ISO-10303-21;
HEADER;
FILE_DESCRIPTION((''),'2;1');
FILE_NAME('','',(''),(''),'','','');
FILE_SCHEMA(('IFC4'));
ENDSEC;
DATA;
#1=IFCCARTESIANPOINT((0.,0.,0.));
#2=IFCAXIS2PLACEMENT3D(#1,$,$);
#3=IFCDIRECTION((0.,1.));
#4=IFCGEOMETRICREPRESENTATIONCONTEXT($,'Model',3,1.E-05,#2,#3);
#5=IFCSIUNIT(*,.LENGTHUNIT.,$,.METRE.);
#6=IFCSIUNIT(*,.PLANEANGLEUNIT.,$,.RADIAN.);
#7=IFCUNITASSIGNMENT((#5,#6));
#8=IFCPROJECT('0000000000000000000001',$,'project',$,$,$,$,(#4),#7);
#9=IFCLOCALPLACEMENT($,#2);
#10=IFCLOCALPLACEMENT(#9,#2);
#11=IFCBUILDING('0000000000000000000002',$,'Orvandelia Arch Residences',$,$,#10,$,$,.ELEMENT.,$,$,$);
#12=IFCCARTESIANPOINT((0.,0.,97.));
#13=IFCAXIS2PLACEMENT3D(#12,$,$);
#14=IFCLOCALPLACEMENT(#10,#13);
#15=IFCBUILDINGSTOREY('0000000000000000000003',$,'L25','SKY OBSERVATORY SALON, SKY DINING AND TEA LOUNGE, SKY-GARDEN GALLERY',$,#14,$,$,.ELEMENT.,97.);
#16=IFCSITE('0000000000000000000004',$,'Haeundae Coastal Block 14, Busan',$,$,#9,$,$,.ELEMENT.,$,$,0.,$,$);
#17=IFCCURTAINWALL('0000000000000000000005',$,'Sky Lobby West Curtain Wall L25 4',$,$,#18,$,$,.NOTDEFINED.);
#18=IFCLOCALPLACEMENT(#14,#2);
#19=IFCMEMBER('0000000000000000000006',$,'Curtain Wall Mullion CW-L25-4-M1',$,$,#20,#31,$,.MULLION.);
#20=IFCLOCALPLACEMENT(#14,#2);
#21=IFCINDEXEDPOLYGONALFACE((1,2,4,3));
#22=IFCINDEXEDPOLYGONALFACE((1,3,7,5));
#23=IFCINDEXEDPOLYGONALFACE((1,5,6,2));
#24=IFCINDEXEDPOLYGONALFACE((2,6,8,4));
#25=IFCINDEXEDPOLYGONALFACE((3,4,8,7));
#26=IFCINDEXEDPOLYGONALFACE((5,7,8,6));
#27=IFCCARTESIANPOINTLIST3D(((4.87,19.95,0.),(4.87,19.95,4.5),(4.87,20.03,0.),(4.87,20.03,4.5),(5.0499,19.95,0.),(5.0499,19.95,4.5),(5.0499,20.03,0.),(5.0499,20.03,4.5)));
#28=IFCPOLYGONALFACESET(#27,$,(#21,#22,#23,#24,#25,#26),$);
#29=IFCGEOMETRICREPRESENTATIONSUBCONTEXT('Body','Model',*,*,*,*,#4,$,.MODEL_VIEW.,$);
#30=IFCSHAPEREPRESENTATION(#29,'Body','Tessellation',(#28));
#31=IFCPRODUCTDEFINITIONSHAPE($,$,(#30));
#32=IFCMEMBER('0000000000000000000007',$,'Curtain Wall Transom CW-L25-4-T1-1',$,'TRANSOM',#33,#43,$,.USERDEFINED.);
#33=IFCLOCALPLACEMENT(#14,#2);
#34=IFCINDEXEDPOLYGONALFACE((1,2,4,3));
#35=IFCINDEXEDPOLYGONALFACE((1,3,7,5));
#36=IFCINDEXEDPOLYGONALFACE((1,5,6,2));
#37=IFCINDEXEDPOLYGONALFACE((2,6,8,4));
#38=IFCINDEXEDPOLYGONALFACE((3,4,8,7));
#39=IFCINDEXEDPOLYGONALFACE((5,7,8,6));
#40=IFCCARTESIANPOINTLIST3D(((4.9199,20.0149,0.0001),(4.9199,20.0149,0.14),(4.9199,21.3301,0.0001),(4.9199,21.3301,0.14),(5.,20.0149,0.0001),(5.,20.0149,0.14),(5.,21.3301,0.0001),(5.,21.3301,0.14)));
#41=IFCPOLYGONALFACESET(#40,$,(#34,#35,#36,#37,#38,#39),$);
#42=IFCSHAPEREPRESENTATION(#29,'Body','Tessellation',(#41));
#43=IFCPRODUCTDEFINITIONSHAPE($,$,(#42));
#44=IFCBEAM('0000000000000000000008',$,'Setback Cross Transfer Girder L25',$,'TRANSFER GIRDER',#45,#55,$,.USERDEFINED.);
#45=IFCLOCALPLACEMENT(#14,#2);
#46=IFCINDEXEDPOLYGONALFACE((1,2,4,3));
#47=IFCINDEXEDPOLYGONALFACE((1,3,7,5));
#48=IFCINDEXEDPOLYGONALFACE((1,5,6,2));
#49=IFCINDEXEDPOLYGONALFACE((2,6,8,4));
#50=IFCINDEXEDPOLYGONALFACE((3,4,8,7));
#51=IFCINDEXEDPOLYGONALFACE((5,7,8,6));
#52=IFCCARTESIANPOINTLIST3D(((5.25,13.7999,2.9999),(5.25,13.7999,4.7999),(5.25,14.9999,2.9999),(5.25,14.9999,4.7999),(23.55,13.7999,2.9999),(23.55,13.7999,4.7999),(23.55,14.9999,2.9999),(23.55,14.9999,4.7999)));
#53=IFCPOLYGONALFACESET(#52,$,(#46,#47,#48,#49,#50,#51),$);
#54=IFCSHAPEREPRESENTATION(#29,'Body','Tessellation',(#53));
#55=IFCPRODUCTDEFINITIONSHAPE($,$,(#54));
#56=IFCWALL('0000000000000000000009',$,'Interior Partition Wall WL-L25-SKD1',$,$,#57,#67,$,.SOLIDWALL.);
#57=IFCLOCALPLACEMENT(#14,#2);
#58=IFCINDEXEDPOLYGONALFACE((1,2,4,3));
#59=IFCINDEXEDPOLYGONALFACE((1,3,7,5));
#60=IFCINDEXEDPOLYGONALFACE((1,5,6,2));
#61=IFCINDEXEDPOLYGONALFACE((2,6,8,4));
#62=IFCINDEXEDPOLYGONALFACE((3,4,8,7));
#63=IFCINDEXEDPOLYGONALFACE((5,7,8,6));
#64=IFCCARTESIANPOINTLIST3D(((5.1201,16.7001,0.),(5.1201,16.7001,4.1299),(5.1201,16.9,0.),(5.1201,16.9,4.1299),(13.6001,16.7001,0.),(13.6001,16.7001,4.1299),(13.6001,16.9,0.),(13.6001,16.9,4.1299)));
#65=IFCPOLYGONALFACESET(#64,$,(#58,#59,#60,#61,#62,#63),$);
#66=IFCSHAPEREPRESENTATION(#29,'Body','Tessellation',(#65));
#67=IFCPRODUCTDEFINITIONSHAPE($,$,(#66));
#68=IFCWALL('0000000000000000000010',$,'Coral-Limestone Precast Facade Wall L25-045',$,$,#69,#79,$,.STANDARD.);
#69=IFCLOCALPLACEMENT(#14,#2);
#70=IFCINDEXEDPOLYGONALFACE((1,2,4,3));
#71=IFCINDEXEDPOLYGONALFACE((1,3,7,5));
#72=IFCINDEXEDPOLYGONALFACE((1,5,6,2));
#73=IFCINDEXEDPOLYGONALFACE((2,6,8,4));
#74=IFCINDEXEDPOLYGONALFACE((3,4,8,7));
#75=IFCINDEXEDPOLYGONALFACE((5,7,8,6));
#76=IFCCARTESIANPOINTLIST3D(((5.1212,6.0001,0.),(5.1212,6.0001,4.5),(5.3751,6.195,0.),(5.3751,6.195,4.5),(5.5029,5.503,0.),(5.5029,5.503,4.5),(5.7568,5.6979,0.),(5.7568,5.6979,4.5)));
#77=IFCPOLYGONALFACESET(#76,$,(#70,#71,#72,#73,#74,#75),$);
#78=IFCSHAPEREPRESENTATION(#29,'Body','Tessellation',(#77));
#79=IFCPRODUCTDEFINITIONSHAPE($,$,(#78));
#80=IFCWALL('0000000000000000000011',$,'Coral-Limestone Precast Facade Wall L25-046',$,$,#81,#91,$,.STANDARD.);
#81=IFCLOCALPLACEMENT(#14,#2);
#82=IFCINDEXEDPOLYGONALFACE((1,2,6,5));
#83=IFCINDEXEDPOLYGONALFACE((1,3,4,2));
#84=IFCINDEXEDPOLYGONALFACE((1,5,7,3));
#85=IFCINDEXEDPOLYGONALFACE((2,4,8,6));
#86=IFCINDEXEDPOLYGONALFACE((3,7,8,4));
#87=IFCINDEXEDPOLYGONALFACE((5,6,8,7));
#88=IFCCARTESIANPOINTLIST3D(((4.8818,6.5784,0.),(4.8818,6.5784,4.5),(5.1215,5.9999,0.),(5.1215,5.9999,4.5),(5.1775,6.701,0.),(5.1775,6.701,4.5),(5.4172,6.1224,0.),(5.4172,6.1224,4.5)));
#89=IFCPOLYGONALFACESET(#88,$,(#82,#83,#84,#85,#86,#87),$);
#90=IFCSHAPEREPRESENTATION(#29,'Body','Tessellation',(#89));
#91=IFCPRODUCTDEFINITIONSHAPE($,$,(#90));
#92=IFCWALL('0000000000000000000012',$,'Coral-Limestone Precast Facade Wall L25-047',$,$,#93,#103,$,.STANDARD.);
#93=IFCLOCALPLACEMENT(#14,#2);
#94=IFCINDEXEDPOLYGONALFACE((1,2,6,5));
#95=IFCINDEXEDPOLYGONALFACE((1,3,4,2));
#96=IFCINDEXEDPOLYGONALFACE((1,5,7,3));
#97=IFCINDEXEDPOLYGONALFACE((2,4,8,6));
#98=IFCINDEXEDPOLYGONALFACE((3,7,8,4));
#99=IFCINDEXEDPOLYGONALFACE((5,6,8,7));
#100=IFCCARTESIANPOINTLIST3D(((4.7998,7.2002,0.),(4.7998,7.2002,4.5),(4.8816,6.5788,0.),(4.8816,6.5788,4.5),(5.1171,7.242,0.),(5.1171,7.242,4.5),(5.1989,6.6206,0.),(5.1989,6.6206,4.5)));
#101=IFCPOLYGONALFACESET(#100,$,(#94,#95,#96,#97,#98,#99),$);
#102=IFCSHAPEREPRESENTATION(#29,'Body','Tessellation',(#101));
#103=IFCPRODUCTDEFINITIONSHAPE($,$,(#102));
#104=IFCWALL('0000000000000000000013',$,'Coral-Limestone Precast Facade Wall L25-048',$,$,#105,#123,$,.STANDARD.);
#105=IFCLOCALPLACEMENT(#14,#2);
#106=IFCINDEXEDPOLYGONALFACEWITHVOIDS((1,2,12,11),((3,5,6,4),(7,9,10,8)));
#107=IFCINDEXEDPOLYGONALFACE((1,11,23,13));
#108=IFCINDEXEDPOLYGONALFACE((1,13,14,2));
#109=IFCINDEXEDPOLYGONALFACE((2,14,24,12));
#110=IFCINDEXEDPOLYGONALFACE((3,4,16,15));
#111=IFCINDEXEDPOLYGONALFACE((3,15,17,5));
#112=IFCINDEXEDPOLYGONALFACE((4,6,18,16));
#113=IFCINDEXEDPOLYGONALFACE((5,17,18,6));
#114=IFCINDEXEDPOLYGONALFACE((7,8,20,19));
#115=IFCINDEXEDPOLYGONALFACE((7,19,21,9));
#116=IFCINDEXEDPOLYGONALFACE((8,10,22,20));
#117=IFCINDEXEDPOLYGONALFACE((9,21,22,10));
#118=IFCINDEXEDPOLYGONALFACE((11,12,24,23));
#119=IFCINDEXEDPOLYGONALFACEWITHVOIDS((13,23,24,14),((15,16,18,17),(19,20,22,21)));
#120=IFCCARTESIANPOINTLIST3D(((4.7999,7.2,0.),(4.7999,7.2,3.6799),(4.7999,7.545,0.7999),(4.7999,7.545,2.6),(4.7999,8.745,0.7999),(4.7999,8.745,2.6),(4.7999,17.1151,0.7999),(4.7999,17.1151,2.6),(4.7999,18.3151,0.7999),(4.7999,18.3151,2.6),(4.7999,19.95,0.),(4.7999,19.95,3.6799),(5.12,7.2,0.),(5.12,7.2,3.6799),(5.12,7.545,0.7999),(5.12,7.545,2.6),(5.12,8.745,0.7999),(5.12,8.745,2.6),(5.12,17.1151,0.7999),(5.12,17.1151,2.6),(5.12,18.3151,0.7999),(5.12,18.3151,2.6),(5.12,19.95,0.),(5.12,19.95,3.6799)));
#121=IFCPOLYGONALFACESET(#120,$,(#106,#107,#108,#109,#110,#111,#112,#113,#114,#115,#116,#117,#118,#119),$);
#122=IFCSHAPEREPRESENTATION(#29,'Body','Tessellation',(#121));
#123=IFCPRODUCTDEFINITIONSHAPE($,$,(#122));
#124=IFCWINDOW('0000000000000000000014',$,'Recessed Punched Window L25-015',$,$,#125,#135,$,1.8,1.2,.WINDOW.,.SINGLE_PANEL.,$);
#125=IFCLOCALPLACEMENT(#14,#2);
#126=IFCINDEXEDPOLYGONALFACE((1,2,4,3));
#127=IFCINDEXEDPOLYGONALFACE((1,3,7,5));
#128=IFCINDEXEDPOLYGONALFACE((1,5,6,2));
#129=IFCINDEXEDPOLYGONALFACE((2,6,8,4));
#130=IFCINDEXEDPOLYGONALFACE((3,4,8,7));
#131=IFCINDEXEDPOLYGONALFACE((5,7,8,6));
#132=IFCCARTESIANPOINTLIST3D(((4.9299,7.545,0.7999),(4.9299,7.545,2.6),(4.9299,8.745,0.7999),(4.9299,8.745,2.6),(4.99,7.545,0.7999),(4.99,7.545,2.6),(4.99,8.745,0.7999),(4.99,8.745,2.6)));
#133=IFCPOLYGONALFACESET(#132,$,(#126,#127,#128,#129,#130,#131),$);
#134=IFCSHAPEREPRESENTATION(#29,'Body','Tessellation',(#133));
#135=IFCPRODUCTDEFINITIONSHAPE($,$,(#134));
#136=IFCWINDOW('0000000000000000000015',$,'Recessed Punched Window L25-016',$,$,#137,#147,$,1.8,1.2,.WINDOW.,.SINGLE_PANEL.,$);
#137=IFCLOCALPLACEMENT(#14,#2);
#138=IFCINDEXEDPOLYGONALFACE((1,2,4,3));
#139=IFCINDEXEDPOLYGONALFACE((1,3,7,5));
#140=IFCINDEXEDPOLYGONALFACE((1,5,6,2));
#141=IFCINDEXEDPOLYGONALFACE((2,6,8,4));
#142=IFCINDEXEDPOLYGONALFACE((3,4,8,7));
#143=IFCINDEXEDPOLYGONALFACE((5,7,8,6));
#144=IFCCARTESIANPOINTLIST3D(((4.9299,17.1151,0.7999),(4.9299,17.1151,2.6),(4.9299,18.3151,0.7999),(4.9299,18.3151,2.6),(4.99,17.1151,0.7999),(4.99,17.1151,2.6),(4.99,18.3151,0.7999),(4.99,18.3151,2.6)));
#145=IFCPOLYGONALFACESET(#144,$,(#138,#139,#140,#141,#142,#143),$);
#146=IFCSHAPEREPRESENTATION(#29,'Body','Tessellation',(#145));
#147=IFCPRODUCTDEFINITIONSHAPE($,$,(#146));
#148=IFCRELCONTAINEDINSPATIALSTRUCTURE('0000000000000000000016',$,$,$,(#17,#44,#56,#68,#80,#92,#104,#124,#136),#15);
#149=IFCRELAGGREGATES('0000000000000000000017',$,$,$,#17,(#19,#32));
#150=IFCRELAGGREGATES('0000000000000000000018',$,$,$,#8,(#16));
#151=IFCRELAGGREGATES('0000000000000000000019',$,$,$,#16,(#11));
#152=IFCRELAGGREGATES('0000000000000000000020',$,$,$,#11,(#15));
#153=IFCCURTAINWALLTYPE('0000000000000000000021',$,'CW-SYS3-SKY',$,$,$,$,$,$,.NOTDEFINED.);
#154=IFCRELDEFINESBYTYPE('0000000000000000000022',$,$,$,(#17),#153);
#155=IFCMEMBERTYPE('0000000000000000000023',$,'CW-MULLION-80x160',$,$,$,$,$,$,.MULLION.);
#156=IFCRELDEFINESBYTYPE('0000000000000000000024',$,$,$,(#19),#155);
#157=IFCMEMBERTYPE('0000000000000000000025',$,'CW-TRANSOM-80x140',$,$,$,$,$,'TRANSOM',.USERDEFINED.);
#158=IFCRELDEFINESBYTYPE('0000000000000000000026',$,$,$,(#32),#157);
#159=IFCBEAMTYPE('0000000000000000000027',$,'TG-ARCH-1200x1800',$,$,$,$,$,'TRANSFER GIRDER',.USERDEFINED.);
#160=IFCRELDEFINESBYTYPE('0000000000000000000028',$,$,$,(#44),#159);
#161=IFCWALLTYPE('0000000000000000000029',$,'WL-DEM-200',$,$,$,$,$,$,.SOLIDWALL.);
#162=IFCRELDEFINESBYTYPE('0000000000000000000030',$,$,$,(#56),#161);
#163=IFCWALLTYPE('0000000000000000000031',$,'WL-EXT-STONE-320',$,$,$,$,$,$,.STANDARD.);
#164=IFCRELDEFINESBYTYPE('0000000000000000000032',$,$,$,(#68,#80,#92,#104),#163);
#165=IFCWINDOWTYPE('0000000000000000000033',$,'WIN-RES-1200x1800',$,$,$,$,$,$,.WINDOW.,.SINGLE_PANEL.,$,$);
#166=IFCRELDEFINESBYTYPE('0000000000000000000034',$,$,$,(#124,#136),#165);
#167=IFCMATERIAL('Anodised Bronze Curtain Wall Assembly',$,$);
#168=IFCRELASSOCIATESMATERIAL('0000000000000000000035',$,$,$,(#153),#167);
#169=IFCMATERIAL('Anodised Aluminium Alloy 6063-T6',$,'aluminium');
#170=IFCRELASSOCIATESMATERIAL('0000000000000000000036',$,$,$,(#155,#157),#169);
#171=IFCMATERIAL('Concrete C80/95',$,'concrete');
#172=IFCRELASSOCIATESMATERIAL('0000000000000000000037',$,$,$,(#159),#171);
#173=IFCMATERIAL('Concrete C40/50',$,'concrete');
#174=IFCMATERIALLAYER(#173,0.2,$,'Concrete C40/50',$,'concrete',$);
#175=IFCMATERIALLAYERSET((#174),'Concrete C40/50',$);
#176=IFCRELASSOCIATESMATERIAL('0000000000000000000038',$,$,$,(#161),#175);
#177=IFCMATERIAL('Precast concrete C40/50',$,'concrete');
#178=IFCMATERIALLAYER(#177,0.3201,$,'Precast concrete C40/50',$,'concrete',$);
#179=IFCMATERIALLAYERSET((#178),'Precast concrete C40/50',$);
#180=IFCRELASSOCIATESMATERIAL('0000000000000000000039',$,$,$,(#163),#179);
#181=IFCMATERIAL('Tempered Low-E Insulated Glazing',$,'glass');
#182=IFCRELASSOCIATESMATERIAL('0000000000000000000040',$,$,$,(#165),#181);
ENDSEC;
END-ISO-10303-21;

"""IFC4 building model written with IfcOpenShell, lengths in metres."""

from ifc_helpers import new_model, si_unit, direction, frame, frame_2d, origin, origin_2d, place, context, subcontext, project, spatial, rectangle, extrude, material, layer, layer_set, material_profile, profile_set, type_object, element, fill, aggregate, save


model = new_model("IFC4")

# Units and contexts
model_context = context("Model", 3, precision=1e-05, world=origin(), true_north=direction((0.0, 1.0)))
body_context = subcontext(model_context, "Body", "Model", "MODEL_VIEW")
ifc_project = project(units=[si_unit("LENGTHUNIT", "METRE"), si_unit("PLANEANGLEUNIT", "RADIAN")], contexts=[model_context])

# Site, building, storey
site_placement = place(None, origin())
site = spatial("IfcSite", under=ifc_project, at=site_placement, Name="Haeundae Coastal Block 14, Busan", CompositionType="ELEMENT", RefElevation=0.0)
building_placement = place(site_placement, origin())
building = spatial("IfcBuilding", under=site, at=building_placement, Name="Orvandelia Arch Residences", CompositionType="ELEMENT")
storey_placement = place(building_placement, frame((0.0, 0.0, 97.0)))
storey = spatial("IfcBuildingStorey", under=building, at=storey_placement, Name="L25", Description="SKY OBSERVATORY SALON, SKY DINING AND TEA LOUNGE, SKY-GARDEN GALLERY", CompositionType="ELEMENT", Elevation=97.0)

# Shared definitions
ifc_material_1 = material(Name="Concrete C80/95", Category="concrete")

# Curtain wall, members
ifc_material_2 = material(Name="Anodised Bronze Curtain Wall Assembly")
curtain_wall_type = type_object("IfcCurtainWallType", Name="CW-SYS3-SKY", PredefinedType="NOTDEFINED", material=ifc_material_2)
curtain_wall_placement = place(storey_placement, origin())
curtain_wall = element("IfcCurtainWall", 1, at=curtain_wall_placement, inside=storey, type_object=curtain_wall_type, Name="Sky Lobby West Curtain Wall L25 4", PredefinedType="NOTDEFINED")
ifc_material_3 = material(Name="Anodised Aluminium Alloy 6063-T6", Category="aluminium")
ifc_material_profile_1 = material_profile(ifc_material_3, rectangle(XDim=0.0801, YDim=0.1799, at=origin_2d()), Name="Anodised Aluminium Alloy 6063-T6", Category="aluminium")
ifc_profile_set_1 = profile_set([ifc_material_profile_1], Name="Anodised Aluminium Alloy 6063-T6")
member_type_1 = type_object("IfcMemberType", Name="CW-MULLION-80x160", PredefinedType="MULLION", material=ifc_profile_set_1)
member_1_placement = place(storey_placement, frame((4.96, 19.99, 0.0), z_axis=(0.0, 0.0, 1.0), x_axis=(0.0, 1.0, 0.0)))
member_1 = element("IfcMember", 2, at=member_1_placement, type_object=member_type_1, Name="Curtain Wall Mullion CW-L25-4-M1", PredefinedType="MULLION", context=body_context, shape_type="SweptSolid", body=[
    extrude(rectangle(XDim=0.0801, YDim=0.1799, at=origin_2d()), origin(), (0.0, 0.0, 1.0), 4.5),
])
ifc_material_profile_2 = material_profile(ifc_material_3, rectangle(XDim=0.0801, YDim=0.1399, at=origin_2d()), Name="Anodised Aluminium Alloy 6063-T6", Category="aluminium")
ifc_profile_set_2 = profile_set([ifc_material_profile_2], Name="Anodised Aluminium Alloy 6063-T6")
member_type_2 = type_object("IfcMemberType", Name="CW-TRANSOM-80x140", ElementType="TRANSOM", PredefinedType="USERDEFINED", material=ifc_profile_set_2)
member_2_placement = place(storey_placement, frame((4.96, 20.0149, 0.0701), z_axis=(0.0, 1.0, 0.0), x_axis=(-1.0, 0.0, 0.0)))
member_2 = element("IfcMember", 3, at=member_2_placement, type_object=member_type_2, Name="Curtain Wall Transom CW-L25-4-T1-1", ObjectType="TRANSOM", PredefinedType="USERDEFINED", context=body_context, shape_type="SweptSolid", body=[
    extrude(rectangle(XDim=0.0801, YDim=0.1399, at=origin_2d()), origin(), (0.0, 0.0, 1.0), 1.3152),
])
aggregate(curtain_wall, [member_1, member_2])

# Beam
ifc_material_profile_3 = material_profile(ifc_material_1, rectangle(XDim=1.2, YDim=1.8, at=origin_2d()), Name="Concrete C80/95", Category="concrete")
ifc_profile_set_3 = profile_set([ifc_material_profile_3], Name="Concrete C80/95")
beam_type_1 = type_object("IfcBeamType", Name="TG-ARCH-1200x1800", ElementType="TRANSFER GIRDER", PredefinedType="USERDEFINED", material=ifc_profile_set_3)
beam_1_placement = place(storey_placement, frame((5.25, 14.3999, 3.8999), z_axis=(1.0, 0.0, 0.0), x_axis=(0.0, 1.0, 0.0)))
element("IfcBeam", 4, at=beam_1_placement, inside=storey, type_object=beam_type_1, Name="Setback Cross Transfer Girder L25", ObjectType="TRANSFER GIRDER", PredefinedType="USERDEFINED", context=body_context, shape_type="SweptSolid", body=[
    extrude(rectangle(XDim=1.2, YDim=1.8, at=origin_2d()), origin(), (0.0, 0.0, 1.0), 18.3),
])

# Walls
ifc_material_4 = material(Name="Concrete C40/50", Category="concrete")
ifc_layer_1 = layer(ifc_material_4, 0.2, Name="Concrete C40/50", Category="concrete")
ifc_layer_set_1 = layer_set([ifc_layer_1], Name="Concrete C40/50")
wall_type_1 = type_object("IfcWallType", Name="WL-DEM-200", PredefinedType="SOLIDWALL", material=ifc_layer_set_1)
wall_1_placement = place(storey_placement, frame((5.1201, 16.8, 0.0), z_axis=(0.0, 0.0, 1.0), x_axis=(1.0, 0.0, 0.0)))
element("IfcWall", 5, at=wall_1_placement, inside=storey, type_object=wall_type_1, Name="Interior Partition Wall WL-L25-SKD1", PredefinedType="SOLIDWALL", context=body_context, shape_type="SweptSolid", body=[
    extrude(rectangle(XDim=8.48, YDim=0.2, at=frame_2d((4.24, 0.0))), origin(), (0.0, 0.0, 1.0), 4.1299),
])
ifc_material_5 = material(Name="Precast concrete C40/50", Category="concrete")
ifc_layer_2 = layer(ifc_material_5, 0.3201, Name="Precast concrete C40/50", Category="concrete")
ifc_layer_set_2 = layer_set([ifc_layer_2], Name="Precast concrete C40/50")
wall_type_2 = type_object("IfcWallType", Name="WL-EXT-STONE-320", PredefinedType="STANDARD", material=ifc_layer_set_2)
wall_2_placement = place(storey_placement, frame((5.6299, 5.6003, 0.0), z_axis=(0.0, 0.0, 1.0), x_axis=(-0.608939, 0.793217, 0.0)))
element("IfcWall", 6, at=wall_2_placement, inside=storey, type_object=wall_type_2, Name="Coral-Limestone Precast Facade Wall L25-045", PredefinedType="STANDARD", context=body_context, shape_type="SweptSolid", body=[
    extrude(rectangle(XDim=0.6267, YDim=0.3201, at=frame_2d((0.3135, 0.0))), origin(), (0.0, 0.0, 1.0), 4.5),
])
wall_3_placement = place(storey_placement, frame((5.2693, 6.0613, 0.0), z_axis=(0.0, 0.0, 1.0), x_axis=(-0.382788, 0.923836, 0.0)))
element("IfcWall", 7, at=wall_3_placement, inside=storey, type_object=wall_type_2, Name="Coral-Limestone Precast Facade Wall L25-046", PredefinedType="STANDARD", context=body_context, shape_type="SweptSolid", body=[
    extrude(rectangle(XDim=0.6262, YDim=0.3201, at=frame_2d((0.313, 0.0))), origin(), (0.0, 0.0, 1.0), 4.5),
])
wall_4_placement = place(storey_placement, frame((5.0403, 6.5996, 0.0), z_axis=(0.0, 0.0, 1.0), x_axis=(-0.130505, 0.991448, 0.0)))
element("IfcWall", 8, at=wall_4_placement, inside=storey, type_object=wall_type_2, Name="Coral-Limestone Precast Facade Wall L25-047", PredefinedType="STANDARD", context=body_context, shape_type="SweptSolid", body=[
    extrude(rectangle(XDim=0.6267, YDim=0.3201, at=frame_2d((0.3135, 0.0))), origin(), (0.0, 0.0, 1.0), 4.5),
])

# Wall, openings, windows
wall_5_placement = place(storey_placement, frame((4.96, 7.2, 0.0), z_axis=(0.0, 0.0, 1.0), x_axis=(0.0, 1.0, 0.0)))
wall_5 = element("IfcWall", 9, at=wall_5_placement, inside=storey, type_object=wall_type_2, Name="Coral-Limestone Precast Facade Wall L25-048", PredefinedType="STANDARD", context=body_context, shape_type="SweptSolid", body=[
    extrude(rectangle(XDim=12.75, YDim=0.3201, at=frame_2d((6.375, 0.0))), origin(), (0.0, 0.0, 1.0), 3.6799),
])
opening_1_placement = place(wall_5_placement, frame((0.345, 0.0, 0.8)))
opening_1 = element("IfcOpeningElement", 10, at=opening_1_placement, cuts=wall_5, PredefinedType="OPENING", context=body_context, shape_type="SweptSolid", body=[
    extrude(rectangle(XDim=1.2, YDim=1.8, at=frame_2d((0.6001, 0.8999))), frame((0.0, 0.1699, 0.0), z_axis=(0.0, -1.0, 0.0), x_axis=(1.0, 0.0, 0.0)), (0.0, 0.0, 1.0), 0.3401),
])
opening_2_placement = place(wall_5_placement, frame((9.915, 0.0, 0.8)))
opening_2 = element("IfcOpeningElement", 11, at=opening_2_placement, cuts=wall_5, PredefinedType="OPENING", context=body_context, shape_type="SweptSolid", body=[
    extrude(rectangle(XDim=1.2, YDim=1.8, at=frame_2d((0.6001, 0.8999))), frame((0.0, 0.1699, 0.0), z_axis=(0.0, -1.0, 0.0), x_axis=(1.0, 0.0, 0.0)), (0.0, 0.0, 1.0), 0.3401),
])
ifc_material_6 = material(Name="Tempered Low-E Insulated Glazing", Category="glass")
window_type = type_object("IfcWindowType", Name="WIN-RES-1200x1800", PartitioningType="SINGLE_PANEL", PredefinedType="WINDOW", material=ifc_material_6)
window_1_placement = place(opening_1_placement, origin())
window_1 = element("IfcWindow", 12, at=window_1_placement, inside=storey, type_object=window_type, Name="Recessed Punched Window L25-015", OverallHeight=1.8, OverallWidth=1.2, PartitioningType="SINGLE_PANEL", PredefinedType="WINDOW", context=body_context, shape_type="SweptSolid", body=[
    extrude(rectangle(XDim=1.2, YDim=1.8, at=frame_2d((0.6001, 0.8999))), frame((0.0, 0.03, 0.0), z_axis=(0.0, -1.0, 0.0), x_axis=(1.0, 0.0, 0.0)), (0.0, 0.0, 1.0), 0.0601),
])
fill(opening_1, window_1)
window_2_placement = place(opening_2_placement, origin())
window_2 = element("IfcWindow", 13, at=window_2_placement, inside=storey, type_object=window_type, Name="Recessed Punched Window L25-016", OverallHeight=1.8, OverallWidth=1.2, PartitioningType="SINGLE_PANEL", PredefinedType="WINDOW", context=body_context, shape_type="SweptSolid", body=[
    extrude(rectangle(XDim=1.2, YDim=1.8, at=frame_2d((0.6001, 0.8999))), frame((0.0, 0.03, 0.0), z_axis=(0.0, -1.0, 0.0), x_axis=(1.0, 0.0, 0.0)), (0.0, 0.0, 1.0), 0.0601),
])
fill(opening_2, window_2)

save(model, "model.ifc")
